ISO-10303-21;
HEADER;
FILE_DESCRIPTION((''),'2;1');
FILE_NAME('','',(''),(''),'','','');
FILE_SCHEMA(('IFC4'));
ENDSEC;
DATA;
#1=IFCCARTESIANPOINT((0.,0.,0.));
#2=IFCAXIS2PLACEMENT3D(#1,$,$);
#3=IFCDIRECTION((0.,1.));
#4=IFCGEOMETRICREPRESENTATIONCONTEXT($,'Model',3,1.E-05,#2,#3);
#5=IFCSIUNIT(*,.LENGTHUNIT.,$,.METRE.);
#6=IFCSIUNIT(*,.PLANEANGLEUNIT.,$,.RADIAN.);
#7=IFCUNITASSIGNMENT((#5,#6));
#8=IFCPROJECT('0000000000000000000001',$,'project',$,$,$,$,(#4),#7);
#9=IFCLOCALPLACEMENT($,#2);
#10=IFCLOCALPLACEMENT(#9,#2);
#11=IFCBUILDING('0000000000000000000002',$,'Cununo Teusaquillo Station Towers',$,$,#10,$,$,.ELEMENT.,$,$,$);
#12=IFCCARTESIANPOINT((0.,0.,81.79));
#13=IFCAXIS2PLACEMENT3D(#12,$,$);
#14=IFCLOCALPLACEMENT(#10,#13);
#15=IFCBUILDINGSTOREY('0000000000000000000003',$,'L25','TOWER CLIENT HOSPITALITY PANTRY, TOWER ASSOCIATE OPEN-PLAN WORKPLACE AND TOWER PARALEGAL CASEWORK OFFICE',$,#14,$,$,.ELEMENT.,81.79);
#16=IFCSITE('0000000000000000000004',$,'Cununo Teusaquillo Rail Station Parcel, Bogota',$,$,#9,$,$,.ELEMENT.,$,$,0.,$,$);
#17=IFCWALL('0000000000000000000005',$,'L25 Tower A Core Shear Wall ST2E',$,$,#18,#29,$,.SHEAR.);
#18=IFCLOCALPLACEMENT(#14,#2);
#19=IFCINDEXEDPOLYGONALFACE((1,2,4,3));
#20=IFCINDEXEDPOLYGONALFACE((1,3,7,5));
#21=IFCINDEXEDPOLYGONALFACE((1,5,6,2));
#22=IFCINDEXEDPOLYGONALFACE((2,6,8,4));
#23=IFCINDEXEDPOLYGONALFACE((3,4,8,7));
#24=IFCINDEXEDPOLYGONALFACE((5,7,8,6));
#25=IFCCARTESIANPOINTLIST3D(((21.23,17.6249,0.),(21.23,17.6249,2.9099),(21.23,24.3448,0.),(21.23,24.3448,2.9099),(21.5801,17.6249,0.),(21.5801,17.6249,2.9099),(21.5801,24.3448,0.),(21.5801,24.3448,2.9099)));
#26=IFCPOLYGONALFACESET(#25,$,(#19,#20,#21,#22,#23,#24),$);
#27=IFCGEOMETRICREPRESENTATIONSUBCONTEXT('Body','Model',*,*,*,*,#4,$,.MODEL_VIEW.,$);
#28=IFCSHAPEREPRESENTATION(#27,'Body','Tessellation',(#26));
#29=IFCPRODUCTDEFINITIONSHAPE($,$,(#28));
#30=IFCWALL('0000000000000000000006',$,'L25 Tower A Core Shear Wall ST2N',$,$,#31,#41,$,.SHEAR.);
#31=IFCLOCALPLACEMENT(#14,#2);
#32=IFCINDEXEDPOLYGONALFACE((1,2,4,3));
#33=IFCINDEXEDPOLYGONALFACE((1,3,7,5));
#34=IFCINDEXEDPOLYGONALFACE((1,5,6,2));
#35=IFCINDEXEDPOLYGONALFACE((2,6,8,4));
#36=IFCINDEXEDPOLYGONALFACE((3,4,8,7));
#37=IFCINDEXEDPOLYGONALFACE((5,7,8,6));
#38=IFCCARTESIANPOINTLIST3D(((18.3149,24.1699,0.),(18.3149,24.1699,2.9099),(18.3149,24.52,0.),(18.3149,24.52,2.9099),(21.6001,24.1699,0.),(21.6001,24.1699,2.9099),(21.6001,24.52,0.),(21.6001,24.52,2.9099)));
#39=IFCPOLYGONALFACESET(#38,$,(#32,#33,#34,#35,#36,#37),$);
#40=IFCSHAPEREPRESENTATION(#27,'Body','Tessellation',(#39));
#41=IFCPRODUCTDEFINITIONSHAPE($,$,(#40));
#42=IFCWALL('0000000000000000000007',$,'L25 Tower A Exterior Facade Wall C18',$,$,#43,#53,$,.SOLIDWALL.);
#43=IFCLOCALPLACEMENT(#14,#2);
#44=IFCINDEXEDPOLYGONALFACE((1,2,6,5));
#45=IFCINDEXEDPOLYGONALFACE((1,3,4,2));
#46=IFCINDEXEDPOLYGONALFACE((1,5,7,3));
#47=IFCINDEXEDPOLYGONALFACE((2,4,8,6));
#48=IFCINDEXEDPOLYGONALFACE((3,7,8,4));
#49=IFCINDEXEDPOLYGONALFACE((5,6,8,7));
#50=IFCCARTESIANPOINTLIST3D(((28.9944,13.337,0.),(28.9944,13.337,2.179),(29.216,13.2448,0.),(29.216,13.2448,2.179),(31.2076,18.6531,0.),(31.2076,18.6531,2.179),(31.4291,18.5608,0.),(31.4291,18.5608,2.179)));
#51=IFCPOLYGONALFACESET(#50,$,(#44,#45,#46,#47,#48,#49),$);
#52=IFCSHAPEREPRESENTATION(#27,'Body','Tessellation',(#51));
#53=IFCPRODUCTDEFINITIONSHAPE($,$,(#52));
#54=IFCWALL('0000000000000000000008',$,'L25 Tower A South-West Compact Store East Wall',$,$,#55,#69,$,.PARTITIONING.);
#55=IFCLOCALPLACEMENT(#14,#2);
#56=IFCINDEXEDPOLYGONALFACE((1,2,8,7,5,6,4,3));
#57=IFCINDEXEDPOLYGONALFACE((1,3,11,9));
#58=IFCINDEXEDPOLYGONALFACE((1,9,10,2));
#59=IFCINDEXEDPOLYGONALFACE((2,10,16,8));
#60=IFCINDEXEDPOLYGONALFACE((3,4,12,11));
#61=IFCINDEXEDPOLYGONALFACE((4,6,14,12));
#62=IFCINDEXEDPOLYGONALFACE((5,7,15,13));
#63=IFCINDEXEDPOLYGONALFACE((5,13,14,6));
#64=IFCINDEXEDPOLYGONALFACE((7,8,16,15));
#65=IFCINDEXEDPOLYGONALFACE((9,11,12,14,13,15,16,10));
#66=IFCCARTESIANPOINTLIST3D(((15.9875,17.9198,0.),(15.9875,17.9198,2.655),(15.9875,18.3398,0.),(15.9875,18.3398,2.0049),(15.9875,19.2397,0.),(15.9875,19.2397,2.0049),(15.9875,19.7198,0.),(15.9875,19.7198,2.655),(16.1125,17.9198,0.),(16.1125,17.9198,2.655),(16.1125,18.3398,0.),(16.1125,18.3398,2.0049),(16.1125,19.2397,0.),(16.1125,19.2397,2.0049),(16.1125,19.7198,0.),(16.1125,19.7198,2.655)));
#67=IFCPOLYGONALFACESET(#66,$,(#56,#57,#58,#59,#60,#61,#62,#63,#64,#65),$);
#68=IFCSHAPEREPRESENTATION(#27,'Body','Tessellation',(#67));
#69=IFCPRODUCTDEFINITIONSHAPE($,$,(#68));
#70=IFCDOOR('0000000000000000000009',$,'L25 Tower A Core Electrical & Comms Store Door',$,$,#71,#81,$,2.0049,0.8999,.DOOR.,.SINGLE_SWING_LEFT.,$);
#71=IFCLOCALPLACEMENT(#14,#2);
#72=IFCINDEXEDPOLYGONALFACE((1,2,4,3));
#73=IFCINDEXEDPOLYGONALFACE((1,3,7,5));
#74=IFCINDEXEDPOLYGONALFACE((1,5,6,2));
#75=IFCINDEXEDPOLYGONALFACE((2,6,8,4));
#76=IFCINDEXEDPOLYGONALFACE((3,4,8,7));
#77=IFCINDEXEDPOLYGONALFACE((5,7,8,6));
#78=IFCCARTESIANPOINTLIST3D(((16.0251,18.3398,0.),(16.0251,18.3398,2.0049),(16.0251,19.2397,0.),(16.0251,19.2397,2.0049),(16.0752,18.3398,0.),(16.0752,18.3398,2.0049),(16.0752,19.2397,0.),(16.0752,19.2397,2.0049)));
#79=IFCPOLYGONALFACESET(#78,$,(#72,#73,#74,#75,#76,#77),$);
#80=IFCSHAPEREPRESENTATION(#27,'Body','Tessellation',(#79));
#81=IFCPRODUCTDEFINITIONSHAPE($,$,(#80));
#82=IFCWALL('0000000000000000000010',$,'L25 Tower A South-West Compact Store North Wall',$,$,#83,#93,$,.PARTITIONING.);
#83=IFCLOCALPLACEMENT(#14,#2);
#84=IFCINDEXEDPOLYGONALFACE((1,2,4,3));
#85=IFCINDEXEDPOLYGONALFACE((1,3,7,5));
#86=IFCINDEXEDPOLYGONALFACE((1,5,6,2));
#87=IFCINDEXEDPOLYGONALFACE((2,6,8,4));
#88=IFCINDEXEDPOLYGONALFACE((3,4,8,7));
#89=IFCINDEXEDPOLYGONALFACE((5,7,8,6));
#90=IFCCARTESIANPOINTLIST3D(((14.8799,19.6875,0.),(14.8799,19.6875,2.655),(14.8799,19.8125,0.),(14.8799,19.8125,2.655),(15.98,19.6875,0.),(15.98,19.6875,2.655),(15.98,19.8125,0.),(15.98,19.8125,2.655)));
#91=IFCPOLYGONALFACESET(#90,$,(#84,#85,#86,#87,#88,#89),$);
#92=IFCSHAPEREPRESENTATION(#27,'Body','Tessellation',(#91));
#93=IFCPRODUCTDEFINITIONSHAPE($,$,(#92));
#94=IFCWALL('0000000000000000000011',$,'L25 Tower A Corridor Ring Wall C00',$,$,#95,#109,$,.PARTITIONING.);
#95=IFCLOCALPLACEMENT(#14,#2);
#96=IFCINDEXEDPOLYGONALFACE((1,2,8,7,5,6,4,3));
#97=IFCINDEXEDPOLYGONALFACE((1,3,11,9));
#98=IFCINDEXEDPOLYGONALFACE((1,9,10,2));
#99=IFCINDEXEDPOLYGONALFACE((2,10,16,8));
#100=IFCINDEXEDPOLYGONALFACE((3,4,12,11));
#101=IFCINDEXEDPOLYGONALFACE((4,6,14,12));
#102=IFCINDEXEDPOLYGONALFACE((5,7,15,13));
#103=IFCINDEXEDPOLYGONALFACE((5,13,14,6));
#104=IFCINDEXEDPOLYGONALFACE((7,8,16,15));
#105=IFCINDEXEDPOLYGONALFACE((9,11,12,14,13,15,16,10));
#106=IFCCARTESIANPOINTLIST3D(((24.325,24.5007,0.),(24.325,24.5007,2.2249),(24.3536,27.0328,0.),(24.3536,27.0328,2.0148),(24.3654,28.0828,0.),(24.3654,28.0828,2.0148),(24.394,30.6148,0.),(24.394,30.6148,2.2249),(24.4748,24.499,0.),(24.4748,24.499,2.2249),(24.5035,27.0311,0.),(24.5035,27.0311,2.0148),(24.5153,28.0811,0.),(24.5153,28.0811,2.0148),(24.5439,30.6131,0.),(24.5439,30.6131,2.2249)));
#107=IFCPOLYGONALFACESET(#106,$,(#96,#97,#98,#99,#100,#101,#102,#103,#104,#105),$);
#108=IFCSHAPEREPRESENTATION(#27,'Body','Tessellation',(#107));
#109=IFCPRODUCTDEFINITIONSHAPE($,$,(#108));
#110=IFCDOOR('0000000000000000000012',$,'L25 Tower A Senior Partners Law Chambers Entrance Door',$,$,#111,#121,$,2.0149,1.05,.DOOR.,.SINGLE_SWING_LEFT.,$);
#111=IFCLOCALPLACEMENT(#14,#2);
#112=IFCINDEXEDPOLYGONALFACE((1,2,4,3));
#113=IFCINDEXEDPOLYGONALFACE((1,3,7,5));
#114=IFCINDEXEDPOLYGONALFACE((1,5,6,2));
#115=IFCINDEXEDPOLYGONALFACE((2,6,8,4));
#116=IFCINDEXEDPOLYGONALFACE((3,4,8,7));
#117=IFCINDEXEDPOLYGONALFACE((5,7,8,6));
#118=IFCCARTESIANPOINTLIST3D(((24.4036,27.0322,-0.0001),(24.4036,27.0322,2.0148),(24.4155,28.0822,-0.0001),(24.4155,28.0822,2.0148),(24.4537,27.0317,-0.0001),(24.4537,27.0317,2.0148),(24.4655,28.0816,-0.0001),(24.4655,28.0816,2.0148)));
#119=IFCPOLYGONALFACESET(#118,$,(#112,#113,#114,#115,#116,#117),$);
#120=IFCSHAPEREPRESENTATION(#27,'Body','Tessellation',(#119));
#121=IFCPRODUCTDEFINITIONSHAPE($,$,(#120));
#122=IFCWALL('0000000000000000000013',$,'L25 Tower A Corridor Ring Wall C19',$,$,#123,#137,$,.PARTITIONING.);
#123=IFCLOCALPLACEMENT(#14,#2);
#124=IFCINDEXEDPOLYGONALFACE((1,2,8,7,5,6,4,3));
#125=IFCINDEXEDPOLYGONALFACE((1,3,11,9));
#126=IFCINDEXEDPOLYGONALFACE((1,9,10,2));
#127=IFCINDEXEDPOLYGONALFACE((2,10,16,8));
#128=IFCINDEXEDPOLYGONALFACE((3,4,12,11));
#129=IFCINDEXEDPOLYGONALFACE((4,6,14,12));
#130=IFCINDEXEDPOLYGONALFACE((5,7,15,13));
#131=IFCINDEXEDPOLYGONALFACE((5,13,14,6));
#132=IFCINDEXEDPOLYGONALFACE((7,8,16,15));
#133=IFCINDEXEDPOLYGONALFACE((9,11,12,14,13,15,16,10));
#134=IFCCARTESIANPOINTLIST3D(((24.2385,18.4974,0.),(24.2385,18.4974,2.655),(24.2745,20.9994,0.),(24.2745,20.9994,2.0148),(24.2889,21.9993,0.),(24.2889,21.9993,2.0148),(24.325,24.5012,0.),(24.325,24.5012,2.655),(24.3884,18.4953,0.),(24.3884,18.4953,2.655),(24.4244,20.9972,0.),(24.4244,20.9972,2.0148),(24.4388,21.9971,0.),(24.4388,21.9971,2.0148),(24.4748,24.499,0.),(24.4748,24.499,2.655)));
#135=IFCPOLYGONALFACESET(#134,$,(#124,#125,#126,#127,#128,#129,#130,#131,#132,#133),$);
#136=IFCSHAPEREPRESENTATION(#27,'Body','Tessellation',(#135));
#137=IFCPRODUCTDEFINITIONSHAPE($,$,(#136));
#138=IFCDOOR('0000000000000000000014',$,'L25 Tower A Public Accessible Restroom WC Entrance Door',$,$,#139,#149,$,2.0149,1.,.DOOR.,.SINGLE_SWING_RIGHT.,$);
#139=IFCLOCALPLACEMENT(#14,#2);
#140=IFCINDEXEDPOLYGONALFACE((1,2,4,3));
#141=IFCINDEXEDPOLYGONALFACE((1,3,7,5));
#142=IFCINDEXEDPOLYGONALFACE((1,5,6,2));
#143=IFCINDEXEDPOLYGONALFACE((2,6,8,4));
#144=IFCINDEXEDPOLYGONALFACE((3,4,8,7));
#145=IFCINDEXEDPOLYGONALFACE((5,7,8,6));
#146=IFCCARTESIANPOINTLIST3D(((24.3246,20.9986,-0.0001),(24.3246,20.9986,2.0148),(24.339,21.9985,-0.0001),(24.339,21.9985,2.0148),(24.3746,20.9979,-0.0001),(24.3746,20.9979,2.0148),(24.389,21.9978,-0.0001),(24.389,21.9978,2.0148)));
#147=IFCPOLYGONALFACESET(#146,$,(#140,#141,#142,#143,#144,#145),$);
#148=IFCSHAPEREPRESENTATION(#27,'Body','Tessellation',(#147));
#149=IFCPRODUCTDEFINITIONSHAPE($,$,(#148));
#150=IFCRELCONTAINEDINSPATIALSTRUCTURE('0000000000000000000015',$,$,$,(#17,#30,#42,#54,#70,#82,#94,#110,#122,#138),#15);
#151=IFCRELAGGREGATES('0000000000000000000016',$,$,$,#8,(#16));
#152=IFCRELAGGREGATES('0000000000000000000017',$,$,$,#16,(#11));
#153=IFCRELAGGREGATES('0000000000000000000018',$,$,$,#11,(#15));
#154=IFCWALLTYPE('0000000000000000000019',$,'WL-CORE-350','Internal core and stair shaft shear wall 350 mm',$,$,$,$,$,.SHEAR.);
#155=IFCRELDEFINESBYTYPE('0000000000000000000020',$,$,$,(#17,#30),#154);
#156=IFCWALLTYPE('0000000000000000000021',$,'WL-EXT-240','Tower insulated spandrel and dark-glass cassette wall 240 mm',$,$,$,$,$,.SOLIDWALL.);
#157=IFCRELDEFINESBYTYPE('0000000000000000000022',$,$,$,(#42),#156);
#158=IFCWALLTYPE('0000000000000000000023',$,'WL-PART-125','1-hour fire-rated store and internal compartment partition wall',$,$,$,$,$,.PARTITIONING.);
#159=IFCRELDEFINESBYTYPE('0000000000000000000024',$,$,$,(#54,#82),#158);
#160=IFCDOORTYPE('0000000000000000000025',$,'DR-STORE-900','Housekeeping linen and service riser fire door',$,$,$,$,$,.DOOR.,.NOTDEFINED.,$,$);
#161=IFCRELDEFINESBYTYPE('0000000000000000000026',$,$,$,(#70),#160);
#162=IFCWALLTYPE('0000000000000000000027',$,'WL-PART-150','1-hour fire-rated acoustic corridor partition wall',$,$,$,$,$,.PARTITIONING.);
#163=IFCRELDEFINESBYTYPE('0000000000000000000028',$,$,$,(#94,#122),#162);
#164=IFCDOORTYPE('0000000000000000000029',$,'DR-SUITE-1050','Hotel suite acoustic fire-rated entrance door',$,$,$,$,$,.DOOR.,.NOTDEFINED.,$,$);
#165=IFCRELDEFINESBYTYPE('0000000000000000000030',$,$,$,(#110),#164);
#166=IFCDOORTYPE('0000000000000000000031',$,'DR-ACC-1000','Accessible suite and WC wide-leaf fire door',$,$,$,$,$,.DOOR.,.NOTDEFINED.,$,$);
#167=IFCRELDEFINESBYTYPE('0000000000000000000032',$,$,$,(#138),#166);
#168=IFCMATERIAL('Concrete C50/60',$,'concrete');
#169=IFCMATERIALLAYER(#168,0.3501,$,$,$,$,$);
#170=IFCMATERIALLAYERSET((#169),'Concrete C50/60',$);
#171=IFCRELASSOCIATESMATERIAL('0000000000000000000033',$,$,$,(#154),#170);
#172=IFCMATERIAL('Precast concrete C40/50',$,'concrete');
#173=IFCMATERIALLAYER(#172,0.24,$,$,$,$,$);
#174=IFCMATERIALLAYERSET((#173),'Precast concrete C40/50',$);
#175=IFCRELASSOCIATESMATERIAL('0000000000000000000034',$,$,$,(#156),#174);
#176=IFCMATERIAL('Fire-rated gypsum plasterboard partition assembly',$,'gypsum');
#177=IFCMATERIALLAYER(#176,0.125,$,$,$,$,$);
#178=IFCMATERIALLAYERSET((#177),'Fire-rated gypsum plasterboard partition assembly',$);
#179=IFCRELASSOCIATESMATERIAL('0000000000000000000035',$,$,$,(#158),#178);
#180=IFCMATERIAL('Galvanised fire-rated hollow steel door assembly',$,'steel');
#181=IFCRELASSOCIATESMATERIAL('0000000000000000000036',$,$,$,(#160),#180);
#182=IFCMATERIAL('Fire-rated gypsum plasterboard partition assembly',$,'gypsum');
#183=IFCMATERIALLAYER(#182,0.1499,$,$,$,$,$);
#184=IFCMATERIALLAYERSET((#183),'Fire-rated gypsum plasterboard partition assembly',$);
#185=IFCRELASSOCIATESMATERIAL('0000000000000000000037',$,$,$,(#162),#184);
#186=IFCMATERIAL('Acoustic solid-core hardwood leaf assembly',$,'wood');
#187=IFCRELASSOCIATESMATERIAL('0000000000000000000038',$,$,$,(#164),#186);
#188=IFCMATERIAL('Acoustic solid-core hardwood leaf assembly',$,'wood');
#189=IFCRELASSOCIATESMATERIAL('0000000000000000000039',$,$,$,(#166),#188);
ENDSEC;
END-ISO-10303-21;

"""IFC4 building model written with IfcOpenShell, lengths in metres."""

from ifc_helpers import new_model, si_unit, direction, frame, frame_2d, origin, place, context, subcontext, project, spatial, rectangle, extrude, source, transform, mapped, material, layer, layer_set, type_object, element, fill, save


model = new_model("IFC4")

# Units and contexts
model_context = context("Model", 3, precision=1e-05, world=origin(), true_north=direction((0.0, 1.0)))
body_context = subcontext(model_context, "Body", "Model", "MODEL_VIEW")
ifc_project = project(units=[si_unit("LENGTHUNIT", "METRE"), si_unit("PLANEANGLEUNIT", "RADIAN")], contexts=[model_context])

# Site, building, storey
site_placement = place(None, origin())
site = spatial("IfcSite", under=ifc_project, at=site_placement, Name="Cununo Teusaquillo Rail Station Parcel, Bogota", CompositionType="ELEMENT", RefElevation=0.0)
building_placement = place(site_placement, origin())
building = spatial("IfcBuilding", under=site, at=building_placement, Name="Cununo Teusaquillo Station Towers", CompositionType="ELEMENT")
storey_placement = place(building_placement, frame((0.0, 0.0, 81.79)))
storey = spatial("IfcBuildingStorey", under=building, at=storey_placement, Name="L25", Description="TOWER CLIENT HOSPITALITY PANTRY, TOWER ASSOCIATE OPEN-PLAN WORKPLACE AND TOWER PARALEGAL CASEWORK OFFICE", CompositionType="ELEMENT", Elevation=81.79)

# Shared definitions
ifc_material_1 = material(Name="Concrete C50/60", Category="concrete")
ifc_layer_1 = layer(ifc_material_1, 0.3501)
ifc_layer_set_1 = layer_set([ifc_layer_1], Name="Concrete C50/60")
wall_type_1 = type_object("IfcWallType", Name="WL-CORE-350", Description="Internal core and stair shaft shear wall 350 mm", PredefinedType="SHEAR", material=ifc_layer_set_1)

# Walls
wall_1_placement = place(storey_placement, frame((21.405, 17.625, 0.0), z_axis=(0.0, 0.0, 1.0), x_axis=(0.0, 1.0, 0.0)))
element("IfcWall", 1, at=wall_1_placement, inside=storey, type_object=wall_type_1, Name="L25 Tower A Core Shear Wall ST2E", PredefinedType="SHEAR", context=body_context, shape_type="SweptSolid", body=[
    extrude(rectangle(XDim=6.72, YDim=0.3501, at=frame_2d((3.3599, 0.0))), origin(), (0.0, 0.0, 1.0), 2.9099),
])
wall_2_placement = place(storey_placement, frame((18.3149, 24.345, 0.0), z_axis=(0.0, 0.0, 1.0), x_axis=(1.0, 0.0, 0.0)))
element("IfcWall", 2, at=wall_2_placement, inside=storey, type_object=wall_type_1, Name="L25 Tower A Core Shear Wall ST2N", PredefinedType="SHEAR", context=body_context, shape_type="SweptSolid", body=[
    extrude(rectangle(XDim=3.2852, YDim=0.3501, at=frame_2d((1.6426, 0.0))), origin(), (0.0, 0.0, 1.0), 2.9099),
])
ifc_material_2 = material(Name="Precast concrete C40/50", Category="concrete")
ifc_layer_2 = layer(ifc_material_2, 0.24)
ifc_layer_set_2 = layer_set([ifc_layer_2], Name="Precast concrete C40/50")
wall_type_2 = type_object("IfcWallType", Name="WL-EXT-240", Description="Tower insulated spandrel and dark-glass cassette wall 240 mm", PredefinedType="SOLIDWALL", material=ifc_layer_set_2)
wall_3_placement = place(storey_placement, frame((31.3184, 18.6069, 0.0), z_axis=(0.0, 0.0, 1.0), x_axis=(-0.384344, -0.92319, 0.0)))
element("IfcWall", 3, at=wall_3_placement, inside=storey, type_object=wall_type_2, Name="L25 Tower A Exterior Facade Wall C18", PredefinedType="SOLIDWALL", context=body_context, shape_type="SweptSolid", body=[
    extrude(rectangle(XDim=5.7583, YDim=0.24, at=frame_2d((2.8792, 0.0))), origin(), (0.0, 0.0, 1.0), 2.179),
])

# Wall, opening, door
ifc_material_3 = material(Name="Fire-rated gypsum plasterboard partition assembly", Category="gypsum")
ifc_layer_3 = layer(ifc_material_3, 0.125)
ifc_layer_set_3 = layer_set([ifc_layer_3], Name="Fire-rated gypsum plasterboard partition assembly")
wall_type_3 = type_object("IfcWallType", Name="WL-PART-125", Description="1-hour fire-rated store and internal compartment partition wall", PredefinedType="PARTITIONING", material=ifc_layer_set_3)
wall_4_placement = place(storey_placement, frame((16.05, 17.9199, 0.0), z_axis=(0.0, 0.0, 1.0), x_axis=(0.0, 1.0, 0.0)))
wall_4 = element("IfcWall", 4, at=wall_4_placement, inside=storey, type_object=wall_type_3, Name="L25 Tower A South-West Compact Store East Wall", PredefinedType="PARTITIONING", context=body_context, shape_type="SweptSolid", body=[
    extrude(rectangle(XDim=1.8, YDim=0.125, at=frame_2d((0.8999, 0.0))), origin(), (0.0, 0.0, 1.0), 2.655),
])
shared_shape_1 = source(origin(), body_context, "Body", "SweptSolid", [
    extrude(rectangle(XDim=0.8999, YDim=2.0049, at=frame_2d((0.45, 1.0024))), frame((0.0, 0.0725, 0.0), z_axis=(0.0, -1.0, 0.0), x_axis=(1.0, 0.0, 0.0)), (0.0, 0.0, 1.0), 0.145),
])
opening_1_placement = place(wall_4_placement, frame((0.4199, 0.0, 0.0)))
opening_1 = element("IfcOpeningElement", 5, at=opening_1_placement, cuts=wall_4, PredefinedType="OPENING", context=body_context, shape_type="MappedRepresentation", body=[
    mapped(shared_shape_1, transform((0.0, 0.0, 0.0), x_axis=(1.0, 0.0, 0.0), y_axis=(0.0, 1.0, 0.0), z_axis=(0.0, 0.0, 1.0), scale=1.0)),
])
ifc_material_4 = material(Name="Galvanised fire-rated hollow steel door assembly", Category="steel")
door_type_1 = type_object("IfcDoorType", Name="DR-STORE-900", Description="Housekeeping linen and service riser fire door", OperationType="NOTDEFINED", PredefinedType="DOOR", material=ifc_material_4)
shared_shape_2 = source(origin(), body_context, "Body", "SweptSolid", [
    extrude(rectangle(XDim=0.8999, YDim=2.0049, at=frame_2d((0.45, 1.0024))), frame((0.0, 0.0249, 0.0), z_axis=(0.0, -1.0, 0.0), x_axis=(1.0, 0.0, 0.0)), (0.0, 0.0, 1.0), 0.05),
])
door_1_placement = place(opening_1_placement, origin())
door_1 = element("IfcDoor", 6, at=door_1_placement, inside=storey, type_object=door_type_1, Name="L25 Tower A Core Electrical & Comms Store Door", OperationType="SINGLE_SWING_LEFT", OverallHeight=2.0049, OverallWidth=0.8999, PredefinedType="DOOR", context=body_context, shape_type="MappedRepresentation", body=[
    mapped(shared_shape_2, transform((0.0, 0.0, 0.0), x_axis=(1.0, 0.0, 0.0), y_axis=(0.0, 1.0, 0.0), z_axis=(0.0, 0.0, 1.0), scale=1.0)),
])
fill(opening_1, door_1)

# Wall
wall_5_placement = place(storey_placement, frame((14.8799, 19.75, 0.0), z_axis=(0.0, 0.0, 1.0), x_axis=(1.0, 0.0, 0.0)))
element("IfcWall", 7, at=wall_5_placement, inside=storey, type_object=wall_type_3, Name="L25 Tower A South-West Compact Store North Wall", PredefinedType="PARTITIONING", context=body_context, shape_type="SweptSolid", body=[
    extrude(rectangle(XDim=1.1001, YDim=0.125, at=frame_2d((0.55, 0.0))), origin(), (0.0, 0.0, 1.0), 2.655),
])

# Walls, openings, doors
ifc_material_5 = material(Name="Fire-rated gypsum plasterboard partition assembly", Category="gypsum")
ifc_layer_4 = layer(ifc_material_5, 0.1499)
ifc_layer_set_4 = layer_set([ifc_layer_4], Name="Fire-rated gypsum plasterboard partition assembly")
wall_type_4 = type_object("IfcWallType", Name="WL-PART-150", Description="1-hour fire-rated acoustic corridor partition wall", PredefinedType="PARTITIONING", material=ifc_layer_set_4)
wall_6_placement = place(storey_placement, frame((24.3999, 24.5, 0.0), z_axis=(0.0, 0.0, 1.0), x_axis=(0.0113, 0.999936, 0.0)))
wall_6 = element("IfcWall", 8, at=wall_6_placement, inside=storey, type_object=wall_type_4, Name="L25 Tower A Corridor Ring Wall C00", PredefinedType="PARTITIONING", context=body_context, shape_type="SweptSolid", body=[
    extrude(rectangle(XDim=6.1145, YDim=0.1499, at=frame_2d((3.0571, 0.0))), origin(), (0.0, 0.0, 1.0), 2.2249),
])
shared_shape_3 = source(origin(), body_context, "Body", "SweptSolid", [
    extrude(rectangle(XDim=1.05, YDim=2.0149, at=frame_2d((0.5249, 1.0073))), frame((0.0, 0.085, 0.0), z_axis=(0.0, -1.0, 0.0), x_axis=(1.0, 0.0, 0.0)), (0.0, 0.0, 1.0), 0.1699),
])
opening_2_placement = place(wall_6_placement, frame((2.5322, 0.0, 0.0)))
opening_2 = element("IfcOpeningElement", 9, at=opening_2_placement, cuts=wall_6, PredefinedType="OPENING", context=body_context, shape_type="MappedRepresentation", body=[
    mapped(shared_shape_3, transform((0.0, 0.0, 0.0), x_axis=(1.0, 0.0, 0.0), y_axis=(0.0, 1.0, 0.0), z_axis=(0.0, 0.0, 1.0), scale=1.0)),
])
ifc_material_6 = material(Name="Acoustic solid-core hardwood leaf assembly", Category="wood")
door_type_2 = type_object("IfcDoorType", Name="DR-SUITE-1050", Description="Hotel suite acoustic fire-rated entrance door", OperationType="NOTDEFINED", PredefinedType="DOOR", material=ifc_material_6)
shared_shape_4 = source(origin(), body_context, "Body", "SweptSolid", [
    extrude(rectangle(XDim=1.05, YDim=2.0149, at=frame_2d((0.5249, 1.0073))), frame((0.0, 0.0249, 0.0), z_axis=(0.0, -1.0, 0.0), x_axis=(1.0, 0.0, 0.0)), (0.0, 0.0, 1.0), 0.05),
])
door_2_placement = place(opening_2_placement, origin())
door_2 = element("IfcDoor", 10, at=door_2_placement, inside=storey, type_object=door_type_2, Name="L25 Tower A Senior Partners Law Chambers Entrance Door", OperationType="SINGLE_SWING_LEFT", OverallHeight=2.0149, OverallWidth=1.05, PredefinedType="DOOR", context=body_context, shape_type="MappedRepresentation", body=[
    mapped(shared_shape_4, transform((0.0, 0.0, 0.0), x_axis=(1.0, 0.0, 0.0), y_axis=(0.0, 1.0, 0.0), z_axis=(0.0, 0.0, 1.0), scale=1.0)),
])
fill(opening_2, door_2)
wall_7_placement = place(storey_placement, frame((24.3135, 18.4963, 0.0), z_axis=(0.0, 0.0, 1.0), x_axis=(0.014394, 0.999896, 0.0)))
wall_7 = element("IfcWall", 11, at=wall_7_placement, inside=storey, type_object=wall_type_4, Name="L25 Tower A Corridor Ring Wall C19", PredefinedType="PARTITIONING", context=body_context, shape_type="SweptSolid", body=[
    extrude(rectangle(XDim=6.0044, YDim=0.1499, at=frame_2d((3.0022, 0.0))), origin(), (0.0, 0.0, 1.0), 2.655),
])
shared_shape_5 = source(origin(), body_context, "Body", "SweptSolid", [
    extrude(rectangle(XDim=1.0, YDim=2.0149, at=frame_2d((0.5, 1.0073))), frame((0.0, 0.085, 0.0), z_axis=(0.0, -1.0, 0.0), x_axis=(1.0, 0.0, 0.0)), (0.0, 0.0, 1.0), 0.1699),
])
opening_3_placement = place(wall_7_placement, frame((2.5022, 0.0, 0.0)))
opening_3 = element("IfcOpeningElement", 12, at=opening_3_placement, cuts=wall_7, PredefinedType="OPENING", context=body_context, shape_type="MappedRepresentation", body=[
    mapped(shared_shape_5, transform((0.0, 0.0, 0.0), x_axis=(1.0, 0.0, 0.0), y_axis=(0.0, 1.0, 0.0), z_axis=(0.0, 0.0, 1.0), scale=1.0)),
])
ifc_material_7 = material(Name="Acoustic solid-core hardwood leaf assembly", Category="wood")
door_type_3 = type_object("IfcDoorType", Name="DR-ACC-1000", Description="Accessible suite and WC wide-leaf fire door", OperationType="NOTDEFINED", PredefinedType="DOOR", material=ifc_material_7)
shared_shape_6 = source(origin(), body_context, "Body", "SweptSolid", [
    extrude(rectangle(XDim=1.0, YDim=2.0149, at=frame_2d((0.5, 1.0073))), frame((0.0, 0.0249, 0.0), z_axis=(0.0, -1.0, 0.0), x_axis=(1.0, 0.0, 0.0)), (0.0, 0.0, 1.0), 0.05),
])
door_3_placement = place(opening_3_placement, origin())
door_3 = element("IfcDoor", 13, at=door_3_placement, inside=storey, type_object=door_type_3, Name="L25 Tower A Public Accessible Restroom WC Entrance Door", OperationType="SINGLE_SWING_RIGHT", OverallHeight=2.0149, OverallWidth=1.0, PredefinedType="DOOR", context=body_context, shape_type="MappedRepresentation", body=[
    mapped(shared_shape_6, transform((0.0, 0.0, 0.0), x_axis=(1.0, 0.0, 0.0), y_axis=(0.0, 1.0, 0.0), z_axis=(0.0, 0.0, 1.0), scale=1.0)),
])
fill(opening_3, door_3)

save(model, "model.ifc")
